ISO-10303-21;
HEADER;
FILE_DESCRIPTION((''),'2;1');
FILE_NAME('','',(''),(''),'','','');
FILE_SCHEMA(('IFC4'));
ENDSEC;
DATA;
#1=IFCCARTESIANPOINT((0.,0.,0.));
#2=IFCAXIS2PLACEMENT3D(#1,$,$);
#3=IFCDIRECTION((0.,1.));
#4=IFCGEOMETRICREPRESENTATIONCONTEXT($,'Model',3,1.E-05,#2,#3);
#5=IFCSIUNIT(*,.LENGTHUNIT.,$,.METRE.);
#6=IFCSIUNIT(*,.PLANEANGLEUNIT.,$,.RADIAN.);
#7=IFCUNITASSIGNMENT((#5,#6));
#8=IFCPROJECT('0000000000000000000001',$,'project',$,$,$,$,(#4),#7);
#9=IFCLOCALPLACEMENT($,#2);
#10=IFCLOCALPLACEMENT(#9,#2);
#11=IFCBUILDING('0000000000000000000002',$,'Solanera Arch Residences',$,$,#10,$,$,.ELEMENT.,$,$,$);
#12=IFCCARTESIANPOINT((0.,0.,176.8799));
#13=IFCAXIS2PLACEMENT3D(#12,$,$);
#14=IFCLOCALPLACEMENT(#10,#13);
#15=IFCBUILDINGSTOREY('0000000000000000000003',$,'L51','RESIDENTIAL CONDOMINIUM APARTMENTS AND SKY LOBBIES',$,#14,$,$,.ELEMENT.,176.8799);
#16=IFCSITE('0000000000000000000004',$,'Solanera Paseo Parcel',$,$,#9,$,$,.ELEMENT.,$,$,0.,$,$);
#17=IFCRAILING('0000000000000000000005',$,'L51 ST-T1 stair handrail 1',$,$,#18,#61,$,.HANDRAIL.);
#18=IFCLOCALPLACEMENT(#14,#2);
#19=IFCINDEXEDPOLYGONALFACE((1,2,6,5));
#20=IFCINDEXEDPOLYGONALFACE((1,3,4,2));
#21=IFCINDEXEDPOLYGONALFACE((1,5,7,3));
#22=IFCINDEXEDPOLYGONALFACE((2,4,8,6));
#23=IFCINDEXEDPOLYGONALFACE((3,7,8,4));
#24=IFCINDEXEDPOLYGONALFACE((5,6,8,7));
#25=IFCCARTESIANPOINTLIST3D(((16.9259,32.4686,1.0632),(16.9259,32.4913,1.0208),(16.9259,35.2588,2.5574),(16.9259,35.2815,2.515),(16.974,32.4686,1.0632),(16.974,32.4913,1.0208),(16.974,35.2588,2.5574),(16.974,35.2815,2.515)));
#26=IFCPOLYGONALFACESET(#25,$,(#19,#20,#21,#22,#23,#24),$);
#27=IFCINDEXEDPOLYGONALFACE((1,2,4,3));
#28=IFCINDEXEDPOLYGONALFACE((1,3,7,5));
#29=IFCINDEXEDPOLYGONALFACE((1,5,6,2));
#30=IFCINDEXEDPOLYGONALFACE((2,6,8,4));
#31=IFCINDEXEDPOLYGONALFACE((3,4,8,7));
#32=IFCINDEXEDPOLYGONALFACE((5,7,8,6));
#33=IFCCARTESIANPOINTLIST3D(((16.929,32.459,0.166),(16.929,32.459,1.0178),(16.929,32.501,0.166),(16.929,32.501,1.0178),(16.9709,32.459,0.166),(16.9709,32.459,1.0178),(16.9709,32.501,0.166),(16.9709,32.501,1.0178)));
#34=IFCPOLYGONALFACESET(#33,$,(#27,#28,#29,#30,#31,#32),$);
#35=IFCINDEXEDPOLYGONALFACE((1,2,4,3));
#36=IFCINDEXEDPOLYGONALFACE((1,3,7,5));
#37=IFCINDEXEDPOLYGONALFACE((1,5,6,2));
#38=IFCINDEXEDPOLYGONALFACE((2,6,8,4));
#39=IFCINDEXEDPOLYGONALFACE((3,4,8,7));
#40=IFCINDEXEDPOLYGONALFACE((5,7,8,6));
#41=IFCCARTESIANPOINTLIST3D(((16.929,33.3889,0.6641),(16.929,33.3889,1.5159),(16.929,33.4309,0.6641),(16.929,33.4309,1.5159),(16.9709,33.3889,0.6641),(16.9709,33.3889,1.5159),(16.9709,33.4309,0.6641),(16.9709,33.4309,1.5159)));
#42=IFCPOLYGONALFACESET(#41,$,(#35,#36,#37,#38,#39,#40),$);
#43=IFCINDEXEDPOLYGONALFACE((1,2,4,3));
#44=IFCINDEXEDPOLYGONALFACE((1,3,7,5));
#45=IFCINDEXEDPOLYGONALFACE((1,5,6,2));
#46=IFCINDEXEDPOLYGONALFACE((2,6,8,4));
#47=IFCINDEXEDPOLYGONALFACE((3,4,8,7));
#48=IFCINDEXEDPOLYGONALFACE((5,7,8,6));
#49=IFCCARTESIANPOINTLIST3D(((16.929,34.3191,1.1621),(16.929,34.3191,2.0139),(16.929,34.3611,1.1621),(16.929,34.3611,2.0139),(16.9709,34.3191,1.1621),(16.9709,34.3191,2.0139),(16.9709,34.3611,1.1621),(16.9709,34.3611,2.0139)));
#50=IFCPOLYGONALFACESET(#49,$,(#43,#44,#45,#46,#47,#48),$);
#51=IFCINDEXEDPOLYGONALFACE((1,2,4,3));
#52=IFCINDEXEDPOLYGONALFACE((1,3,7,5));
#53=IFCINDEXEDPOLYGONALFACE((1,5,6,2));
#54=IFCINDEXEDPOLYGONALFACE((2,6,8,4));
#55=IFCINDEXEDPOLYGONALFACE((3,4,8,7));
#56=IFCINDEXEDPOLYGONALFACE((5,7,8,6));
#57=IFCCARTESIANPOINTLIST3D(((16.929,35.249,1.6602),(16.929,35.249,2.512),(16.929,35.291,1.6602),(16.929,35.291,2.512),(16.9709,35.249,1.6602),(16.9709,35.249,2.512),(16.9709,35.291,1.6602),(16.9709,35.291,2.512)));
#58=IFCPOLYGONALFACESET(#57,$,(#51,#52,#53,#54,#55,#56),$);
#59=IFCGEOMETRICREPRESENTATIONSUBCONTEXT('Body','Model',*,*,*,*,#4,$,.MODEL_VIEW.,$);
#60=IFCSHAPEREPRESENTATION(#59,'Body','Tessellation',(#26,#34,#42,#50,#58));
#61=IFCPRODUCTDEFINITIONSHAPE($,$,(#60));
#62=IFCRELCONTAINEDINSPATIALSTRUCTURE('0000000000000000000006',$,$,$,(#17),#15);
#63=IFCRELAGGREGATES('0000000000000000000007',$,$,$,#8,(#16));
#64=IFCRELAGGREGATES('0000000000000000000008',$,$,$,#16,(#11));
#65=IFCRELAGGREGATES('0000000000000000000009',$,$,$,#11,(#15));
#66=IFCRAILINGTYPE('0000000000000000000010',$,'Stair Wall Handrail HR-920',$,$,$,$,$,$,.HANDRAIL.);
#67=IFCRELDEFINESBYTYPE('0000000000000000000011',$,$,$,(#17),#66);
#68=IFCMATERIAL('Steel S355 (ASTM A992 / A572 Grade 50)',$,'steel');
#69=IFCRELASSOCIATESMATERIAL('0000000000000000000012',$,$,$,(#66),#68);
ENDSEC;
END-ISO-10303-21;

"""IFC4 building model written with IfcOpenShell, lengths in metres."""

from ifc_helpers import new_model, si_unit, direction, frame, origin, origin_2d, place, context, subcontext, project, spatial, rectangle, extrude, material, type_object, element, save


model = new_model("IFC4")

# Units and contexts
model_context = context("Model", 3, precision=1e-05, world=origin(), true_north=direction((0.0, 1.0)))
body_context = subcontext(model_context, "Body", "Model", "MODEL_VIEW")
ifc_project = project(units=[si_unit("LENGTHUNIT", "METRE"), si_unit("PLANEANGLEUNIT", "RADIAN")], contexts=[model_context])

# Site, building, storey
site_placement = place(None, origin())
site = spatial("IfcSite", under=ifc_project, at=site_placement, Name="Solanera Paseo Parcel", CompositionType="ELEMENT", RefElevation=0.0)
building_placement = place(site_placement, origin())
building = spatial("IfcBuilding", under=site, at=building_placement, Name="Solanera Arch Residences", CompositionType="ELEMENT")
storey_placement = place(building_placement, frame((0.0, 0.0, 176.8799)))
storey = spatial("IfcBuildingStorey", under=building, at=storey_placement, Name="L51", Description="RESIDENTIAL CONDOMINIUM APARTMENTS AND SKY LOBBIES", CompositionType="ELEMENT", Elevation=176.8799)

# Railing
ifc_material_1 = material(Name="Steel S355 (ASTM A992 / A572 Grade 50)", Category="steel")
railing_type_1 = type_object("IfcRailingType", Name="Stair Wall Handrail HR-920", PredefinedType="HANDRAIL", material=ifc_material_1)
railing_1_placement = place(storey_placement, frame((16.95, 32.48, 0.166)))
element("IfcRailing", 1, at=railing_1_placement, inside=storey, type_object=railing_type_1, Name="L51 ST-T1 stair handrail 1", PredefinedType="HANDRAIL", context=body_context, shape_type="SweptSolid", body=[
    extrude(rectangle(XDim=0.0481, YDim=0.0481, at=origin_2d()), frame((0.0, 0.0, 0.876), z_axis=(0.0, 0.881549, 0.472093), x_axis=(-1.0, 0.0, 0.0)), (0.0, 0.0, 1.0), 3.165),
    extrude(rectangle(XDim=0.042, YDim=0.042, at=origin_2d()), origin(), (0.0, 0.0, 1.0), 0.8518),
    extrude(rectangle(XDim=0.042, YDim=0.042, at=origin_2d()), frame((0.0, 0.9299, 0.498)), (0.0, 0.0, 1.0), 0.8518),
    extrude(rectangle(XDim=0.042, YDim=0.042, at=origin_2d()), frame((0.0, 1.8601, 0.9961)), (0.0, 0.0, 1.0), 0.8518),
    extrude(rectangle(XDim=0.042, YDim=0.042, at=origin_2d()), frame((0.0, 2.79, 1.4941)), (0.0, 0.0, 1.0), 0.8518),
])

save(model, "model.ifc")
